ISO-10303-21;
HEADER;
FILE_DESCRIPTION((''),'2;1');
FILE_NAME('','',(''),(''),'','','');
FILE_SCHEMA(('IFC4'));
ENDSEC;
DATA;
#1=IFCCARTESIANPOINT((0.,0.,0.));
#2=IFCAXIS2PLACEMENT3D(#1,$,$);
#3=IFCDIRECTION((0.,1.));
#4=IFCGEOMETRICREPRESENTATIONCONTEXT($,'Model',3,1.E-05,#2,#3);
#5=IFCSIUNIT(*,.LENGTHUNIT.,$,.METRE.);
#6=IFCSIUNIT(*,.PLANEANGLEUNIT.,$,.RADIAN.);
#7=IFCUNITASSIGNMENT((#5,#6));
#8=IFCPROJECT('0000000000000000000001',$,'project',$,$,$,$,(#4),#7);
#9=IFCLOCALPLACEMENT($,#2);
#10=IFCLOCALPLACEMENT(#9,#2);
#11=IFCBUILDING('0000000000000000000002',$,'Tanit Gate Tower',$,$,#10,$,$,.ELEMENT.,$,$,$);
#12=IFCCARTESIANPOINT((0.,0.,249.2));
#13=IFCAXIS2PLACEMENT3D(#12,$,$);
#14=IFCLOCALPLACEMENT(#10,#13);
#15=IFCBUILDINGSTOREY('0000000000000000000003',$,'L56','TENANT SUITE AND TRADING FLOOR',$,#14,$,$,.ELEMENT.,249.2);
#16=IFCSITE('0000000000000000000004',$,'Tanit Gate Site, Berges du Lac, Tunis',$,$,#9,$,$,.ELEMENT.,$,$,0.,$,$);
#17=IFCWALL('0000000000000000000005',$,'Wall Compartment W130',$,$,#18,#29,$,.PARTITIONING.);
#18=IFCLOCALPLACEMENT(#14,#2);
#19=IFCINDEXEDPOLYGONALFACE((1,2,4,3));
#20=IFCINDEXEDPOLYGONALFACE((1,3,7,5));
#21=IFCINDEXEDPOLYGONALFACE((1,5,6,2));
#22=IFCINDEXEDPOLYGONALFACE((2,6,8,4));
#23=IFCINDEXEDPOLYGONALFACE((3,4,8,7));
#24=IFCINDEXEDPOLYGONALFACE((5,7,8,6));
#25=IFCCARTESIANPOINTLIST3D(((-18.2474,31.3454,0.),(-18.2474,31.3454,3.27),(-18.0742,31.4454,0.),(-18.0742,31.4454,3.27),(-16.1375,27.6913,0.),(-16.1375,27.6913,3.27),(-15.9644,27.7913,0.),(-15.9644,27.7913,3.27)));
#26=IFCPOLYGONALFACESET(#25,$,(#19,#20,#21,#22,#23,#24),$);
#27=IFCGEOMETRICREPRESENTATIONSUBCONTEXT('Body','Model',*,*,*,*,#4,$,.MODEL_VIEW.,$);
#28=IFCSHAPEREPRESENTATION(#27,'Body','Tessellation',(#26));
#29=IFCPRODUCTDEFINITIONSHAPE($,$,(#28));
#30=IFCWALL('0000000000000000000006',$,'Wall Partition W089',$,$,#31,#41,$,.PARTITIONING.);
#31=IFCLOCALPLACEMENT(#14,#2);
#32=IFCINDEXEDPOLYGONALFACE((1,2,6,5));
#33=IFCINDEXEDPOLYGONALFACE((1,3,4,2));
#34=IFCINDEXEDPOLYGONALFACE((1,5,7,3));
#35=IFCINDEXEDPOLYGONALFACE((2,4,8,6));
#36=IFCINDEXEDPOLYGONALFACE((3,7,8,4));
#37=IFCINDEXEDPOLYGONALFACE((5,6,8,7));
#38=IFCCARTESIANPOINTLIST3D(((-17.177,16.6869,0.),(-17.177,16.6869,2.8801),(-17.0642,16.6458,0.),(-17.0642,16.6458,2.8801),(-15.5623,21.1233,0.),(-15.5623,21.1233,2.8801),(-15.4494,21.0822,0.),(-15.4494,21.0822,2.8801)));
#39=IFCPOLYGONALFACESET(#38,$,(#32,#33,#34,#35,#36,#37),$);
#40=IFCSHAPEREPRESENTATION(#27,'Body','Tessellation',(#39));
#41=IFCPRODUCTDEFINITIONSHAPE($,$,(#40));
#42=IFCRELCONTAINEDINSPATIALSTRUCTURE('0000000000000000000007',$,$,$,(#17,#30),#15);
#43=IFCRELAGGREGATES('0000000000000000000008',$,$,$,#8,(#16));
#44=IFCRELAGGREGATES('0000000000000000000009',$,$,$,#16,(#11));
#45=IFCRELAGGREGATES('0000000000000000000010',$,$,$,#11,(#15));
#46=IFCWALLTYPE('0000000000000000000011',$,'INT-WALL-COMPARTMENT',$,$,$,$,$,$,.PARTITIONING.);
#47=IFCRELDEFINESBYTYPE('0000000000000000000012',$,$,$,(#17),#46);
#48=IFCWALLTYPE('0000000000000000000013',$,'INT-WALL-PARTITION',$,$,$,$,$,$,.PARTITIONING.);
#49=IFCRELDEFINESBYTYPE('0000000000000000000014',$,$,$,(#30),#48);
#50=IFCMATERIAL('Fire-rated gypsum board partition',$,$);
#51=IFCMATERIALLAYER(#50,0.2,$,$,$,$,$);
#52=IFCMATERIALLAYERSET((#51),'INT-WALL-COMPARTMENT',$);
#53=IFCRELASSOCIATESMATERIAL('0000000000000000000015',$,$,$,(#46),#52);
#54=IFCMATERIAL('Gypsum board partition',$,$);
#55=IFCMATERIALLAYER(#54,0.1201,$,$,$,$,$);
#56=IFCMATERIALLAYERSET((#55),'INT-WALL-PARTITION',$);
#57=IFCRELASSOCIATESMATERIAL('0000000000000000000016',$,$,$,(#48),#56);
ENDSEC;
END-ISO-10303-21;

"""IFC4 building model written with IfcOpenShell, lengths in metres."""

from ifc_helpers import new_model, si_unit, direction, frame, frame_2d, origin, place, context, subcontext, project, spatial, rectangle, extrude, material, layer, layer_set, type_object, element, save


model = new_model("IFC4")

# Units and contexts
model_context = context("Model", 3, precision=1e-05, world=origin(), true_north=direction((0.0, 1.0)))
body_context = subcontext(model_context, "Body", "Model", "MODEL_VIEW")
ifc_project = project(units=[si_unit("LENGTHUNIT", "METRE"), si_unit("PLANEANGLEUNIT", "RADIAN")], contexts=[model_context])

# Site, building, storey
site_placement = place(None, origin())
site = spatial("IfcSite", under=ifc_project, at=site_placement, Name="Tanit Gate Site, Berges du Lac, Tunis", CompositionType="ELEMENT", RefElevation=0.0)
building_placement = place(site_placement, origin())
building = spatial("IfcBuilding", under=site, at=building_placement, Name="Tanit Gate Tower", CompositionType="ELEMENT")
storey_placement = place(building_placement, frame((0.0, 0.0, 249.2)))
storey = spatial("IfcBuildingStorey", under=building, at=storey_placement, Name="L56", Description="TENANT SUITE AND TRADING FLOOR", CompositionType="ELEMENT", Elevation=249.2)

# Walls
ifc_material_1 = material(Name="Fire-rated gypsum board partition")
ifc_layer_1 = layer(ifc_material_1, 0.2)
ifc_layer_set_1 = layer_set([ifc_layer_1], Name="INT-WALL-COMPARTMENT")
wall_type_1 = type_object("IfcWallType", Name="INT-WALL-COMPARTMENT", PredefinedType="PARTITIONING", material=ifc_layer_set_1)
wall_1_placement = place(storey_placement, frame((-18.1609, 31.3955, 0.0), z_axis=(0.0, 0.0, 1.0), x_axis=(0.500035, -0.866005, 0.0)))
element("IfcWall", 1, at=wall_1_placement, inside=storey, type_object=wall_type_1, Name="Wall Compartment W130", PredefinedType="PARTITIONING", context=body_context, shape_type="SweptSolid", body=[
    extrude(rectangle(XDim=4.2195, YDim=0.2, at=frame_2d((2.1099, 0.0))), origin(), (0.0, 0.0, 1.0), 3.27),
])
ifc_material_2 = material(Name="Gypsum board partition")
ifc_layer_2 = layer(ifc_material_2, 0.1201)
ifc_layer_set_2 = layer_set([ifc_layer_2], Name="INT-WALL-PARTITION")
wall_type_2 = type_object("IfcWallType", Name="INT-WALL-PARTITION", PredefinedType="PARTITIONING", material=ifc_layer_set_2)
wall_2_placement = place(storey_placement, frame((-15.5059, 21.1028, 0.0), z_axis=(0.0, 0.0, 1.0), x_axis=(-0.342017, -0.939694, 0.0)))
element("IfcWall", 2, at=wall_2_placement, inside=storey, type_object=wall_type_2, Name="Wall Partition W089", PredefinedType="PARTITIONING", context=body_context, shape_type="SweptSolid", body=[
    extrude(rectangle(XDim=4.7212, YDim=0.1201, at=frame_2d((2.3606, 0.0))), origin(), (0.0, 0.0, 1.0), 2.8801),
])

save(model, "model.ifc")
